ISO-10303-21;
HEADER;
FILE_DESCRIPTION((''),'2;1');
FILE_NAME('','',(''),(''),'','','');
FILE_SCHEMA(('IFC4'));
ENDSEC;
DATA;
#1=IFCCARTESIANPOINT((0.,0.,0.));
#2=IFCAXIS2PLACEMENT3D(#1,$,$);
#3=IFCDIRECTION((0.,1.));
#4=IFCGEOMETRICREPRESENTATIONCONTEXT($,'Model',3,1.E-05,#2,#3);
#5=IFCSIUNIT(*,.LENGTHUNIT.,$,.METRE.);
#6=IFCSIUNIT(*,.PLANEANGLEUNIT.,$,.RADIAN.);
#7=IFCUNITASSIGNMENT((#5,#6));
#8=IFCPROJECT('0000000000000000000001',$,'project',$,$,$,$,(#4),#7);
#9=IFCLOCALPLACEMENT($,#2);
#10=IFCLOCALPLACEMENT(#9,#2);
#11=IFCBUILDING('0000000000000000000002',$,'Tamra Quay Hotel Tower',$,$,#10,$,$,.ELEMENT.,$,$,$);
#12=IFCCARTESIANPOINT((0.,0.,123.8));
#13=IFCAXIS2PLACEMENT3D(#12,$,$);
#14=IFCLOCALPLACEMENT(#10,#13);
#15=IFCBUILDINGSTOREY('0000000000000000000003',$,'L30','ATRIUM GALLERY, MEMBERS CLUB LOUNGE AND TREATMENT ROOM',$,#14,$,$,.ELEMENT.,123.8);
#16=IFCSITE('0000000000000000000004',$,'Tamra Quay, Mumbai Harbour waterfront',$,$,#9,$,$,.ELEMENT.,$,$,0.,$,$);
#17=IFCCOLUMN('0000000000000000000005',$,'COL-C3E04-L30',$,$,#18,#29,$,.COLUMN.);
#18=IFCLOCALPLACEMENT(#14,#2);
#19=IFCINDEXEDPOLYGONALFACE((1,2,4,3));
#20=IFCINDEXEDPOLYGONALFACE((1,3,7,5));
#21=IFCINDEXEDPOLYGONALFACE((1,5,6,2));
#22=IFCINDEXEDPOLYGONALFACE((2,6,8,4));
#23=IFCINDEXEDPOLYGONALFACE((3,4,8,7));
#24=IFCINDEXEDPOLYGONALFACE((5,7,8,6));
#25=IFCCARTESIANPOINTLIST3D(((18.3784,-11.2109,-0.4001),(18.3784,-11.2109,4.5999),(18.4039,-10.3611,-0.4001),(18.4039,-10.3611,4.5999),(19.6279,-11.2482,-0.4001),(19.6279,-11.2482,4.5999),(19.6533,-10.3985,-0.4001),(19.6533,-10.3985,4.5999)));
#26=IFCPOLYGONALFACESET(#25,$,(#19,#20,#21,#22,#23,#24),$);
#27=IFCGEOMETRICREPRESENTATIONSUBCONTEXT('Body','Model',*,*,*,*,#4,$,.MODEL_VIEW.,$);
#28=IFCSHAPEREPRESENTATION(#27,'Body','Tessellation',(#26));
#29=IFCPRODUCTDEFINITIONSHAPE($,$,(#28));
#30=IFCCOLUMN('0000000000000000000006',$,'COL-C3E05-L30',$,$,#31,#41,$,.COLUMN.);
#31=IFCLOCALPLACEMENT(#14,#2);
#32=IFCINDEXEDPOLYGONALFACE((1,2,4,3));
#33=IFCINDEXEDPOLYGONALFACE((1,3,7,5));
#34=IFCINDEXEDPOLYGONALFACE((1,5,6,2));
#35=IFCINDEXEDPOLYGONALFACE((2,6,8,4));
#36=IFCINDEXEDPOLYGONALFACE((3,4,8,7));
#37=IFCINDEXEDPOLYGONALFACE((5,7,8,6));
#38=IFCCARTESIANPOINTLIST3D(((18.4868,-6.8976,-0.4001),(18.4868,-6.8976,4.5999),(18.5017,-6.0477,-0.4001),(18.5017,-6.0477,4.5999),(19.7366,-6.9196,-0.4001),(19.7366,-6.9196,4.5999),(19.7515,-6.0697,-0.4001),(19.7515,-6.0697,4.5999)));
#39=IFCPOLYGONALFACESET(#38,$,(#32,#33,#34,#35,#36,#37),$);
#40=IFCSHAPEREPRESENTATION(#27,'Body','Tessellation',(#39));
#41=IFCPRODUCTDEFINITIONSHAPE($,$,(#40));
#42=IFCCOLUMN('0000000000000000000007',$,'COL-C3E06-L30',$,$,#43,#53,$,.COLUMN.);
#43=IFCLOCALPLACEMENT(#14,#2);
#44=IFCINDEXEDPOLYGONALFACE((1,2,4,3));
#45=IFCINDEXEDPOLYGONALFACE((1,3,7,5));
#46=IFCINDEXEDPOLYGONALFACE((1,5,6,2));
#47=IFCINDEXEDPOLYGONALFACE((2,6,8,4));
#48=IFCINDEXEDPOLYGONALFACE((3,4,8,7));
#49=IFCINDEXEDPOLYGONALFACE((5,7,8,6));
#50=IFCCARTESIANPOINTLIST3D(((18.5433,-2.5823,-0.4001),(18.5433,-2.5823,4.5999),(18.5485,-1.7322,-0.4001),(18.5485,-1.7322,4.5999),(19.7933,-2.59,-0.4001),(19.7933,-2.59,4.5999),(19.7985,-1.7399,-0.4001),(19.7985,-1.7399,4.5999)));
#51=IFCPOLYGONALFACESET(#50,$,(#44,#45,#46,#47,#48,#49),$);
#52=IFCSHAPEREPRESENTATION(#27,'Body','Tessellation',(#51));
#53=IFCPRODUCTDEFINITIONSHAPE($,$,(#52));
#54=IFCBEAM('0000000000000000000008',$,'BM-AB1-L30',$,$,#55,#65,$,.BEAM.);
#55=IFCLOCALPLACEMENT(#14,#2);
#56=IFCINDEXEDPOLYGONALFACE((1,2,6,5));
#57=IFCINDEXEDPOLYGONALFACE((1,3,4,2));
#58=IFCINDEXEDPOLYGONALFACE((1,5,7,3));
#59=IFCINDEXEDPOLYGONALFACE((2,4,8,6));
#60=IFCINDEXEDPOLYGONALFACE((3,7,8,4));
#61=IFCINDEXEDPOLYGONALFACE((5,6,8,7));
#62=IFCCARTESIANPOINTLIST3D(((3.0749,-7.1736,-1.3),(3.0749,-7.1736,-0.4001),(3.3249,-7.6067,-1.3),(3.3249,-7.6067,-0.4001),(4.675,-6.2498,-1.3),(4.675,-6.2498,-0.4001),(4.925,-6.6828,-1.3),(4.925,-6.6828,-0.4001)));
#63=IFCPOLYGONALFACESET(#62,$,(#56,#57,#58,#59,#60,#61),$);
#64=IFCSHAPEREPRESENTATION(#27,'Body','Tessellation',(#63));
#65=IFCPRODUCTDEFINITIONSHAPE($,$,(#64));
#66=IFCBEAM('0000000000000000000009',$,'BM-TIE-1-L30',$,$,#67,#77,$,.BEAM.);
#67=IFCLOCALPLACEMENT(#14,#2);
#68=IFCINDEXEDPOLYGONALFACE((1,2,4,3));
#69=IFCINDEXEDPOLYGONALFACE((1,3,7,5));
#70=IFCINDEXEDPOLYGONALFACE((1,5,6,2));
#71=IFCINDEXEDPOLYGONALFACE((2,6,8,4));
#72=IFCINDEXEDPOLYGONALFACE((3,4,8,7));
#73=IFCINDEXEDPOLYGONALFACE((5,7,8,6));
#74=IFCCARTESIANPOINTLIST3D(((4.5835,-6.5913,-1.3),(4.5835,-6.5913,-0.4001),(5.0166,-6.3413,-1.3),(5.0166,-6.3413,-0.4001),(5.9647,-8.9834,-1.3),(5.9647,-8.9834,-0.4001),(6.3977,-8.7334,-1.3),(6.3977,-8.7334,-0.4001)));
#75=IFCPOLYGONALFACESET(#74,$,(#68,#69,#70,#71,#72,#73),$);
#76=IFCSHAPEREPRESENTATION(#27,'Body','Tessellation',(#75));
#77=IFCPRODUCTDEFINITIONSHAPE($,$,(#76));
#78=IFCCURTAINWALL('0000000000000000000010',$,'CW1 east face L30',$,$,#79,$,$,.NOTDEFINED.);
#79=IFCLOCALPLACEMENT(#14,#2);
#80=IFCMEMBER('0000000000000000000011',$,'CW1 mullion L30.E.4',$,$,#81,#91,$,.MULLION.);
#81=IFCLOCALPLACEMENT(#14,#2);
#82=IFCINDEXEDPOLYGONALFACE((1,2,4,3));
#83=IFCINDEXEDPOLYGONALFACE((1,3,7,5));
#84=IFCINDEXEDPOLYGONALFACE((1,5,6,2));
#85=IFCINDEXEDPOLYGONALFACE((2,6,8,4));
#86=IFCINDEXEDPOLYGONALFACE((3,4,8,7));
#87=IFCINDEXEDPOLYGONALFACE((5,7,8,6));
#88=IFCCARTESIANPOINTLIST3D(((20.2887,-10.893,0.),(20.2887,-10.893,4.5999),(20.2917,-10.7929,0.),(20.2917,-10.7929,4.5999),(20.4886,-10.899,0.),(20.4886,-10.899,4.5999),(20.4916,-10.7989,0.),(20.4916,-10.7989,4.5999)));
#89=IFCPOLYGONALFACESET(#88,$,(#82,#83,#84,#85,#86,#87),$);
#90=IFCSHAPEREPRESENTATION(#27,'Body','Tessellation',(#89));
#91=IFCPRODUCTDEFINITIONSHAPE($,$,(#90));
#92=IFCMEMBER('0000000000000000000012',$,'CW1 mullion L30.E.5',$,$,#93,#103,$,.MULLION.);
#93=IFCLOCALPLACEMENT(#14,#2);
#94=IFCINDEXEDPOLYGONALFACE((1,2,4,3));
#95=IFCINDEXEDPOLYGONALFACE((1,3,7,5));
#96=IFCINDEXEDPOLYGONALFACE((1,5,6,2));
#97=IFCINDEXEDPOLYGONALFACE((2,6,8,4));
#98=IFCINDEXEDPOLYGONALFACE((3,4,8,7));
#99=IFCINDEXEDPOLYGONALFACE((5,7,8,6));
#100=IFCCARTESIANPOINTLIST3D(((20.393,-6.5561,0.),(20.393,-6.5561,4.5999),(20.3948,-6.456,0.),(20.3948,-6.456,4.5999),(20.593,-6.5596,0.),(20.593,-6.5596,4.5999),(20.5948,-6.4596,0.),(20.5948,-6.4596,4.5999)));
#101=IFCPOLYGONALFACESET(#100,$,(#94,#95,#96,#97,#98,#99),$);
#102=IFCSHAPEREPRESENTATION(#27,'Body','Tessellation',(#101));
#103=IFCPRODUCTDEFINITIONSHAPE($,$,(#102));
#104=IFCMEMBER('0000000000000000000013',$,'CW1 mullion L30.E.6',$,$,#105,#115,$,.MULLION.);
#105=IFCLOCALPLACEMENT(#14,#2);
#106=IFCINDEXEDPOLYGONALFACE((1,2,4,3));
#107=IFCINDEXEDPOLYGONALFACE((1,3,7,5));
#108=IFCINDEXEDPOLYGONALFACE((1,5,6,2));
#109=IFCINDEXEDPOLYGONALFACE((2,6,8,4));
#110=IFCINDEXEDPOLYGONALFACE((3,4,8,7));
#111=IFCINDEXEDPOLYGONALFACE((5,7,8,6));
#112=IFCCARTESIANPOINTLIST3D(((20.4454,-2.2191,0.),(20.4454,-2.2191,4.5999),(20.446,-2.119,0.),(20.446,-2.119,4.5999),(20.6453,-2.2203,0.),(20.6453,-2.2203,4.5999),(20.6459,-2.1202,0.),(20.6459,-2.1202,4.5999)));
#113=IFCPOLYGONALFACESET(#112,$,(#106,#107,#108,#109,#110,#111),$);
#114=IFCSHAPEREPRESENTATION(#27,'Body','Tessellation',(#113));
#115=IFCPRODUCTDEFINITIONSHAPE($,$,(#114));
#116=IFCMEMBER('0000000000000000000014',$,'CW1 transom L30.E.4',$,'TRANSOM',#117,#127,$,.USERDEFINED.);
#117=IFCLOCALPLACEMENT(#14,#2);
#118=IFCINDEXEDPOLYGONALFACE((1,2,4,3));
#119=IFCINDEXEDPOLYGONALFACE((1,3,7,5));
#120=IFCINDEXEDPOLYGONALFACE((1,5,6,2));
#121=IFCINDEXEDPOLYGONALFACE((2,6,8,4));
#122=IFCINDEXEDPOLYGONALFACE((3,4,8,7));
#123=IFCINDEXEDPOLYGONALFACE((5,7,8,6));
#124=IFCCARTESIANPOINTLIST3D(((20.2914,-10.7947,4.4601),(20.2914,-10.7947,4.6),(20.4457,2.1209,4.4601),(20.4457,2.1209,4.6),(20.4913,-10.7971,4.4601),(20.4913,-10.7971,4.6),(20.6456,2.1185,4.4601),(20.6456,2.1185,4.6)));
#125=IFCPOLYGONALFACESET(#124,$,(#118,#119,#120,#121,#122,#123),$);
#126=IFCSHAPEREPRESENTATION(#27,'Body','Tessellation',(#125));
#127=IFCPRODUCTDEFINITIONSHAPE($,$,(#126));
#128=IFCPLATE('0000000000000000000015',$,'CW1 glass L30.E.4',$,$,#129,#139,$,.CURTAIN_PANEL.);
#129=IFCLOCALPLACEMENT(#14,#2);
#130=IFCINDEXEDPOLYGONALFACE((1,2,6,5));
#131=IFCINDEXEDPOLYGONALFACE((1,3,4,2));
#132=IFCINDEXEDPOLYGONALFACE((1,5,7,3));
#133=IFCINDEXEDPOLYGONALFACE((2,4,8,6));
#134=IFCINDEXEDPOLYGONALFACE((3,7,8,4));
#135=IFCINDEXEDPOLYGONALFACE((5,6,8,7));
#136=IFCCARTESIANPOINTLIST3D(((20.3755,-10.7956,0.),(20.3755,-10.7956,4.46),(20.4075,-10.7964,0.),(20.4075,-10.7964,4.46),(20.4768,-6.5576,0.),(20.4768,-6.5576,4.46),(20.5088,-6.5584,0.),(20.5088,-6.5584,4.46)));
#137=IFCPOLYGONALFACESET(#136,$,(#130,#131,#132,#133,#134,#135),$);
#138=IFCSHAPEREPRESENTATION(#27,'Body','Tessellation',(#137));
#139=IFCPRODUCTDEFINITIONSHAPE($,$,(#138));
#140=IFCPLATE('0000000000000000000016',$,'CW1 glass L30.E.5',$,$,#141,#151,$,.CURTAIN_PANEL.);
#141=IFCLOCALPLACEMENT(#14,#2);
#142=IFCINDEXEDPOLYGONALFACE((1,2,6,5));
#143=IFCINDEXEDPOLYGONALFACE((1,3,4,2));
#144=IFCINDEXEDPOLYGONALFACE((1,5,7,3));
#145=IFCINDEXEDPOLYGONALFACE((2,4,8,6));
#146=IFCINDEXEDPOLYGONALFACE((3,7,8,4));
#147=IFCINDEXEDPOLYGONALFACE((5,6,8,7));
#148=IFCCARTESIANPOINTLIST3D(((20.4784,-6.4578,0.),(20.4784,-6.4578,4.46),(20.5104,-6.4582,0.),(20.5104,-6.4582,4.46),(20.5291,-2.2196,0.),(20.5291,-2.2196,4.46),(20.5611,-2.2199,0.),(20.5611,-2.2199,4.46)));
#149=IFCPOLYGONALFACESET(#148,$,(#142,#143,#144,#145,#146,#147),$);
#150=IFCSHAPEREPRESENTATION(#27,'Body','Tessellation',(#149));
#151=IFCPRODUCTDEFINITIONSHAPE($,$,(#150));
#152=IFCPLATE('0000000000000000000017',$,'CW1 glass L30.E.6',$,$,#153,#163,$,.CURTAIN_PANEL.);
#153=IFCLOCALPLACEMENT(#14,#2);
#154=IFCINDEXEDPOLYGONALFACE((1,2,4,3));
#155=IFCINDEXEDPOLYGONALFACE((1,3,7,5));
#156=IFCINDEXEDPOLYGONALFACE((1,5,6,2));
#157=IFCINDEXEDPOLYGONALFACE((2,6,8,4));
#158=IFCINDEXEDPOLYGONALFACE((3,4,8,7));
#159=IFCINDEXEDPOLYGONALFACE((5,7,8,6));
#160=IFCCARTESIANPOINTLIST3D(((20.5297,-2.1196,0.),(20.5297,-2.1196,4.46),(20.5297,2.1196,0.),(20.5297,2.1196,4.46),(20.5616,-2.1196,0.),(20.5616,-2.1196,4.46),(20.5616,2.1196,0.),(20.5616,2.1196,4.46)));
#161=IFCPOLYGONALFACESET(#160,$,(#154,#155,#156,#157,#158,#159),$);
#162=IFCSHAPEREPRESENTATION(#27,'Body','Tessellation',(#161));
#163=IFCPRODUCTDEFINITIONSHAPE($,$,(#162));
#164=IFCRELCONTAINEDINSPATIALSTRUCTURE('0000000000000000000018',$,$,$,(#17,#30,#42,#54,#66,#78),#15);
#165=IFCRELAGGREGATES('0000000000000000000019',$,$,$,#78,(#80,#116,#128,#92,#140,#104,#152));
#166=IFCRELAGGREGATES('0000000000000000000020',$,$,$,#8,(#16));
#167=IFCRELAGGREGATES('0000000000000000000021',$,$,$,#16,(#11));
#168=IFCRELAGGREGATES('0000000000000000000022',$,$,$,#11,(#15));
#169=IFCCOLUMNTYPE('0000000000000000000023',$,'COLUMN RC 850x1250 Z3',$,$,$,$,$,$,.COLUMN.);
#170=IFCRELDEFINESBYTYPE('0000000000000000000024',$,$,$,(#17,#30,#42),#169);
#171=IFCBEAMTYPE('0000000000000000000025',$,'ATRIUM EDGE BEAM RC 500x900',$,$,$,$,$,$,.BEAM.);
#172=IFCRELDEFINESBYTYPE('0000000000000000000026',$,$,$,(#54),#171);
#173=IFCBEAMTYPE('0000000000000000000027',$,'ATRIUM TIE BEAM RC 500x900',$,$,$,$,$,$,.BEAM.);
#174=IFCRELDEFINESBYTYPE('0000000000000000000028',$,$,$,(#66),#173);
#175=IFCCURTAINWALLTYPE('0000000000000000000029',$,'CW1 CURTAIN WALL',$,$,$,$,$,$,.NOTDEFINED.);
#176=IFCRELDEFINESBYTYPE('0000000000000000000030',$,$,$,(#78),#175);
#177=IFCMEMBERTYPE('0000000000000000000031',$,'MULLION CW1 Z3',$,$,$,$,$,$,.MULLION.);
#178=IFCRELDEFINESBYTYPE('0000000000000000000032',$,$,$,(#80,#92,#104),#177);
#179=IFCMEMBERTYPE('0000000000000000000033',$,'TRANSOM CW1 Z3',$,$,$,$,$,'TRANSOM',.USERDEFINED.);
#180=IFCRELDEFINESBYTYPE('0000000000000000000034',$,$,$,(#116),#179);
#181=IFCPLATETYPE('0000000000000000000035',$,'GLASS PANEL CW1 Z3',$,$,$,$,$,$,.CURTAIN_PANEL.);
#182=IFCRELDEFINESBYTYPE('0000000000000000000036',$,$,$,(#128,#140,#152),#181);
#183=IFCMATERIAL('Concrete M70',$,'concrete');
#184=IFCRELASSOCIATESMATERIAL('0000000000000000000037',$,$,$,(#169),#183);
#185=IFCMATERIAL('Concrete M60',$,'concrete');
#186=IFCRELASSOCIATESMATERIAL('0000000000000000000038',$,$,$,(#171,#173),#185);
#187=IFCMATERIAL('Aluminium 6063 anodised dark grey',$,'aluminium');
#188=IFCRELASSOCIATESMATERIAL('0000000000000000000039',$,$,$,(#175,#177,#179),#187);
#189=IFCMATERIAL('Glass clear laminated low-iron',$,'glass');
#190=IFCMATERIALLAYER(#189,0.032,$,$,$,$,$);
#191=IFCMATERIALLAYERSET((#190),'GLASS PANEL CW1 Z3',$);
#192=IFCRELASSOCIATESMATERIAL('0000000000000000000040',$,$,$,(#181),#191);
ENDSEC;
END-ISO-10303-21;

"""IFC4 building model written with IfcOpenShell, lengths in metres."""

from ifc_helpers import new_model, si_unit, direction, frame, origin, origin_2d, place, context, subcontext, project, spatial, rectangle, extrude, material, layer, layer_set, material_profile, profile_set, type_object, element, aggregate, save


model = new_model("IFC4")

# Units and contexts
model_context = context("Model", 3, precision=1e-05, world=origin(), true_north=direction((0.0, 1.0)))
body_context = subcontext(model_context, "Body", "Model", "MODEL_VIEW")
ifc_project = project(units=[si_unit("LENGTHUNIT", "METRE"), si_unit("PLANEANGLEUNIT", "RADIAN")], contexts=[model_context])

# Site, building, storey
site_placement = place(None, origin())
site = spatial("IfcSite", under=ifc_project, at=site_placement, Name="Tamra Quay, Mumbai Harbour waterfront", CompositionType="ELEMENT", RefElevation=0.0)
building_placement = place(site_placement, origin())
building = spatial("IfcBuilding", under=site, at=building_placement, Name="Tamra Quay Hotel Tower", CompositionType="ELEMENT")
storey_placement = place(building_placement, frame((0.0, 0.0, 123.8)))
storey = spatial("IfcBuildingStorey", under=building, at=storey_placement, Name="L30", Description="ATRIUM GALLERY, MEMBERS CLUB LOUNGE AND TREATMENT ROOM", CompositionType="ELEMENT", Elevation=123.8)

# Columns
ifc_material_1 = material(Name="Concrete M70", Category="concrete")
ifc_material_profile_1 = material_profile(ifc_material_1, rectangle(XDim=1.25, YDim=0.8501, at=origin_2d()), Name="COLUMN RC 850x1250 Z3")
ifc_profile_set_1 = profile_set([ifc_material_profile_1], Name="Concrete M70")
column_type = type_object("IfcColumnType", Name="COLUMN RC 850x1250 Z3", PredefinedType="COLUMN", material=ifc_profile_set_1)
for number, where, z_axis, x_axis, name in (
    (1, (19.0159, -10.8047, -0.4001), (0.0, 0.0, 1.0), (-0.999553, 0.029907, 0.0), "COL-C3E04-L30"),
    (2, (19.1191, -6.4836, -0.4001), (0.0, 0.0, 1.0), (-0.999845, 0.017597, 0.0), "COL-C3E05-L30"),
    (3, (19.1709, -2.1611, -0.4001), (0.0, 0.0, 1.0), (-0.999981, 0.006159, 0.0), "COL-C3E06-L30"),
):
    element("IfcColumn", number, at=place(storey_placement, frame(where, z_axis=z_axis, x_axis=x_axis)), inside=storey, type_object=column_type, Name=name, PredefinedType="COLUMN", context=body_context, shape_type="SweptSolid", body=[
        extrude(rectangle(XDim=1.25, YDim=0.8501, at=origin_2d()), origin(), (0.0, 0.0, 1.0), 5.0),
    ])

# Beams
ifc_material_2 = material(Name="Concrete M60", Category="concrete")
ifc_material_profile_2 = material_profile(ifc_material_2, rectangle(XDim=0.5, YDim=0.8999, at=origin_2d()), Name="ATRIUM EDGE BEAM RC 500x900")
ifc_profile_set_2 = profile_set([ifc_material_profile_2], Name="Concrete M60")
beam_type_1 = type_object("IfcBeamType", Name="ATRIUM EDGE BEAM RC 500x900", PredefinedType="BEAM", material=ifc_profile_set_2)
beam_1_placement = place(storey_placement, frame((4.8, -6.4663, -0.8501), z_axis=(-0.866023, -0.500005, 0.0), x_axis=(0.500005, -0.866023, 0.0)))
element("IfcBeam", 4, at=beam_1_placement, inside=storey, type_object=beam_type_1, Name="BM-AB1-L30", PredefinedType="BEAM", context=body_context, shape_type="SweptSolid", body=[
    extrude(rectangle(XDim=0.5, YDim=0.8999, at=origin_2d()), origin(), (0.0, 0.0, 1.0), 1.8477),
])
ifc_material_profile_3 = material_profile(ifc_material_2, rectangle(XDim=0.5, YDim=0.8999, at=origin_2d()), Name="ATRIUM TIE BEAM RC 500x900")
ifc_profile_set_3 = profile_set([ifc_material_profile_3], Name="Concrete M60")
beam_type_2 = type_object("IfcBeamType", Name="ATRIUM TIE BEAM RC 500x900", PredefinedType="BEAM", material=ifc_profile_set_3)
beam_2_placement = place(storey_placement, frame((4.8, -6.4663, -0.8501), z_axis=(0.500008, -0.866021, 0.0), x_axis=(0.866021, 0.500008, 0.0)))
element("IfcBeam", 5, at=beam_2_placement, inside=storey, type_object=beam_type_2, Name="BM-TIE-1-L30", PredefinedType="BEAM", context=body_context, shape_type="SweptSolid", body=[
    extrude(rectangle(XDim=0.5, YDim=0.8999, at=origin_2d()), origin(), (0.0, 0.0, 1.0), 2.7622),
])

# Curtain wall, members, plates
ifc_material_3 = material(Name="Aluminium 6063 anodised dark grey", Category="aluminium")
curtain_wall_type = type_object("IfcCurtainWallType", Name="CW1 CURTAIN WALL", PredefinedType="NOTDEFINED", material=ifc_material_3)
curtain_wall_placement = place(storey_placement, origin())
curtain_wall = element("IfcCurtainWall", 6, at=curtain_wall_placement, inside=storey, type_object=curtain_wall_type, Name="CW1 east face L30", PredefinedType="NOTDEFINED")
ifc_material_profile_4 = material_profile(ifc_material_3, rectangle(XDim=0.2, YDim=0.1001, at=origin_2d()), Name="MULLION 100X200")
ifc_profile_set_4 = profile_set([ifc_material_profile_4], Name="Aluminium 6063 anodised dark grey")
member_type_1 = type_object("IfcMemberType", Name="MULLION CW1 Z3", PredefinedType="MULLION", material=ifc_profile_set_4)
member_1_placement = place(storey_placement, frame((20.3901, -10.8459, 0.0), z_axis=(0.0, 0.0, 1.0), x_axis=(0.999554, -0.029871, 0.0)))
member_1 = element("IfcMember", 7, at=member_1_placement, type_object=member_type_1, Name="CW1 mullion L30.E.4", PredefinedType="MULLION", context=body_context, shape_type="SweptSolid", body=[
    extrude(rectangle(XDim=0.2, YDim=0.1001, at=origin_2d()), origin(), (0.0, 0.0, 1.0), 4.5999),
])
member_2_placement = place(storey_placement, frame((20.4939, -6.5078, 0.0), z_axis=(0.0, 0.0, 1.0), x_axis=(0.999839, -0.017927, 0.0)))
member_2 = element("IfcMember", 8, at=member_2_placement, type_object=member_type_1, Name="CW1 mullion L30.E.5", PredefinedType="MULLION", context=body_context, shape_type="SweptSolid", body=[
    extrude(rectangle(XDim=0.2, YDim=0.1001, at=origin_2d()), origin(), (0.0, 0.0, 1.0), 4.5999),
])
member_3_placement = place(storey_placement, frame((20.5457, -2.1697, 0.0), z_axis=(0.0, 0.0, 1.0), x_axis=(0.999982, -0.005979, 0.0)))
member_3 = element("IfcMember", 9, at=member_3_placement, type_object=member_type_1, Name="CW1 mullion L30.E.6", PredefinedType="MULLION", context=body_context, shape_type="SweptSolid", body=[
    extrude(rectangle(XDim=0.2, YDim=0.1001, at=origin_2d()), origin(), (0.0, 0.0, 1.0), 4.5999),
])
ifc_material_profile_5 = material_profile(ifc_material_3, rectangle(XDim=0.2, YDim=0.1399, at=origin_2d()), Name="TRANSOM 200X140")
ifc_profile_set_5 = profile_set([ifc_material_profile_5], Name="Aluminium 6063 anodised dark grey")
member_type_2 = type_object("IfcMemberType", Name="TRANSOM CW1 Z3", ElementType="TRANSOM", PredefinedType="USERDEFINED", material=ifc_profile_set_5)
member_4_placement = place(storey_placement, frame((20.3914, -10.7959, 4.53), z_axis=(0.011946, 0.999929, 0.0), x_axis=(-0.999929, 0.011946, 0.0)))
member_4 = element("IfcMember", 10, at=member_4_placement, type_object=member_type_2, Name="CW1 transom L30.E.4", ObjectType="TRANSOM", PredefinedType="USERDEFINED", context=body_context, shape_type="SweptSolid", body=[
    extrude(rectangle(XDim=0.2, YDim=0.1399, at=origin_2d()), origin(), (0.0, 0.0, 1.0), 12.9165),
])
ifc_material_4 = material(Name="Glass clear laminated low-iron", Category="glass")
ifc_layer_1 = layer(ifc_material_4, 0.032)
ifc_layer_set_1 = layer_set([ifc_layer_1], Name="GLASS PANEL CW1 Z3")
plate_type = type_object("IfcPlateType", Name="GLASS PANEL CW1 Z3", PredefinedType="CURTAIN_PANEL", material=ifc_layer_set_1)
plate_1_placement = place(storey_placement, frame((20.4421, -8.677, 0.0), z_axis=(0.0, 0.0, 1.0), x_axis=(0.023896, 0.999714, 0.0)))
plate_1 = element("IfcPlate", 11, at=plate_1_placement, type_object=plate_type, Name="CW1 glass L30.E.4", PredefinedType="CURTAIN_PANEL", context=body_context, shape_type="SweptSolid", body=[
    extrude(rectangle(XDim=4.2393, YDim=0.032, at=origin_2d()), origin(), (0.0, 0.0, 1.0), 4.46),
])
plate_2_placement = place(storey_placement, frame((20.5198, -4.3389, 0.0), z_axis=(0.0, 0.0, 1.0), x_axis=(0.011957, 0.999929, 0.0)))
plate_2 = element("IfcPlate", 12, at=plate_2_placement, type_object=plate_type, Name="CW1 glass L30.E.5", PredefinedType="CURTAIN_PANEL", context=body_context, shape_type="SweptSolid", body=[
    extrude(rectangle(XDim=4.2385, YDim=0.032, at=origin_2d()), origin(), (0.0, 0.0, 1.0), 4.46),
])
plate_3_placement = place(storey_placement, frame((20.5457, 0.0, 0.0), z_axis=(0.0, 0.0, 1.0), x_axis=(0.0, 1.0, 0.0)))
plate_3 = element("IfcPlate", 13, at=plate_3_placement, type_object=plate_type, Name="CW1 glass L30.E.6", PredefinedType="CURTAIN_PANEL", context=body_context, shape_type="SweptSolid", body=[
    extrude(rectangle(XDim=4.2393, YDim=0.032, at=origin_2d()), origin(), (0.0, 0.0, 1.0), 4.46),
])
aggregate(curtain_wall, [member_1, member_4, plate_1, member_2, plate_2, member_3, plate_3])

save(model, "model.ifc")
